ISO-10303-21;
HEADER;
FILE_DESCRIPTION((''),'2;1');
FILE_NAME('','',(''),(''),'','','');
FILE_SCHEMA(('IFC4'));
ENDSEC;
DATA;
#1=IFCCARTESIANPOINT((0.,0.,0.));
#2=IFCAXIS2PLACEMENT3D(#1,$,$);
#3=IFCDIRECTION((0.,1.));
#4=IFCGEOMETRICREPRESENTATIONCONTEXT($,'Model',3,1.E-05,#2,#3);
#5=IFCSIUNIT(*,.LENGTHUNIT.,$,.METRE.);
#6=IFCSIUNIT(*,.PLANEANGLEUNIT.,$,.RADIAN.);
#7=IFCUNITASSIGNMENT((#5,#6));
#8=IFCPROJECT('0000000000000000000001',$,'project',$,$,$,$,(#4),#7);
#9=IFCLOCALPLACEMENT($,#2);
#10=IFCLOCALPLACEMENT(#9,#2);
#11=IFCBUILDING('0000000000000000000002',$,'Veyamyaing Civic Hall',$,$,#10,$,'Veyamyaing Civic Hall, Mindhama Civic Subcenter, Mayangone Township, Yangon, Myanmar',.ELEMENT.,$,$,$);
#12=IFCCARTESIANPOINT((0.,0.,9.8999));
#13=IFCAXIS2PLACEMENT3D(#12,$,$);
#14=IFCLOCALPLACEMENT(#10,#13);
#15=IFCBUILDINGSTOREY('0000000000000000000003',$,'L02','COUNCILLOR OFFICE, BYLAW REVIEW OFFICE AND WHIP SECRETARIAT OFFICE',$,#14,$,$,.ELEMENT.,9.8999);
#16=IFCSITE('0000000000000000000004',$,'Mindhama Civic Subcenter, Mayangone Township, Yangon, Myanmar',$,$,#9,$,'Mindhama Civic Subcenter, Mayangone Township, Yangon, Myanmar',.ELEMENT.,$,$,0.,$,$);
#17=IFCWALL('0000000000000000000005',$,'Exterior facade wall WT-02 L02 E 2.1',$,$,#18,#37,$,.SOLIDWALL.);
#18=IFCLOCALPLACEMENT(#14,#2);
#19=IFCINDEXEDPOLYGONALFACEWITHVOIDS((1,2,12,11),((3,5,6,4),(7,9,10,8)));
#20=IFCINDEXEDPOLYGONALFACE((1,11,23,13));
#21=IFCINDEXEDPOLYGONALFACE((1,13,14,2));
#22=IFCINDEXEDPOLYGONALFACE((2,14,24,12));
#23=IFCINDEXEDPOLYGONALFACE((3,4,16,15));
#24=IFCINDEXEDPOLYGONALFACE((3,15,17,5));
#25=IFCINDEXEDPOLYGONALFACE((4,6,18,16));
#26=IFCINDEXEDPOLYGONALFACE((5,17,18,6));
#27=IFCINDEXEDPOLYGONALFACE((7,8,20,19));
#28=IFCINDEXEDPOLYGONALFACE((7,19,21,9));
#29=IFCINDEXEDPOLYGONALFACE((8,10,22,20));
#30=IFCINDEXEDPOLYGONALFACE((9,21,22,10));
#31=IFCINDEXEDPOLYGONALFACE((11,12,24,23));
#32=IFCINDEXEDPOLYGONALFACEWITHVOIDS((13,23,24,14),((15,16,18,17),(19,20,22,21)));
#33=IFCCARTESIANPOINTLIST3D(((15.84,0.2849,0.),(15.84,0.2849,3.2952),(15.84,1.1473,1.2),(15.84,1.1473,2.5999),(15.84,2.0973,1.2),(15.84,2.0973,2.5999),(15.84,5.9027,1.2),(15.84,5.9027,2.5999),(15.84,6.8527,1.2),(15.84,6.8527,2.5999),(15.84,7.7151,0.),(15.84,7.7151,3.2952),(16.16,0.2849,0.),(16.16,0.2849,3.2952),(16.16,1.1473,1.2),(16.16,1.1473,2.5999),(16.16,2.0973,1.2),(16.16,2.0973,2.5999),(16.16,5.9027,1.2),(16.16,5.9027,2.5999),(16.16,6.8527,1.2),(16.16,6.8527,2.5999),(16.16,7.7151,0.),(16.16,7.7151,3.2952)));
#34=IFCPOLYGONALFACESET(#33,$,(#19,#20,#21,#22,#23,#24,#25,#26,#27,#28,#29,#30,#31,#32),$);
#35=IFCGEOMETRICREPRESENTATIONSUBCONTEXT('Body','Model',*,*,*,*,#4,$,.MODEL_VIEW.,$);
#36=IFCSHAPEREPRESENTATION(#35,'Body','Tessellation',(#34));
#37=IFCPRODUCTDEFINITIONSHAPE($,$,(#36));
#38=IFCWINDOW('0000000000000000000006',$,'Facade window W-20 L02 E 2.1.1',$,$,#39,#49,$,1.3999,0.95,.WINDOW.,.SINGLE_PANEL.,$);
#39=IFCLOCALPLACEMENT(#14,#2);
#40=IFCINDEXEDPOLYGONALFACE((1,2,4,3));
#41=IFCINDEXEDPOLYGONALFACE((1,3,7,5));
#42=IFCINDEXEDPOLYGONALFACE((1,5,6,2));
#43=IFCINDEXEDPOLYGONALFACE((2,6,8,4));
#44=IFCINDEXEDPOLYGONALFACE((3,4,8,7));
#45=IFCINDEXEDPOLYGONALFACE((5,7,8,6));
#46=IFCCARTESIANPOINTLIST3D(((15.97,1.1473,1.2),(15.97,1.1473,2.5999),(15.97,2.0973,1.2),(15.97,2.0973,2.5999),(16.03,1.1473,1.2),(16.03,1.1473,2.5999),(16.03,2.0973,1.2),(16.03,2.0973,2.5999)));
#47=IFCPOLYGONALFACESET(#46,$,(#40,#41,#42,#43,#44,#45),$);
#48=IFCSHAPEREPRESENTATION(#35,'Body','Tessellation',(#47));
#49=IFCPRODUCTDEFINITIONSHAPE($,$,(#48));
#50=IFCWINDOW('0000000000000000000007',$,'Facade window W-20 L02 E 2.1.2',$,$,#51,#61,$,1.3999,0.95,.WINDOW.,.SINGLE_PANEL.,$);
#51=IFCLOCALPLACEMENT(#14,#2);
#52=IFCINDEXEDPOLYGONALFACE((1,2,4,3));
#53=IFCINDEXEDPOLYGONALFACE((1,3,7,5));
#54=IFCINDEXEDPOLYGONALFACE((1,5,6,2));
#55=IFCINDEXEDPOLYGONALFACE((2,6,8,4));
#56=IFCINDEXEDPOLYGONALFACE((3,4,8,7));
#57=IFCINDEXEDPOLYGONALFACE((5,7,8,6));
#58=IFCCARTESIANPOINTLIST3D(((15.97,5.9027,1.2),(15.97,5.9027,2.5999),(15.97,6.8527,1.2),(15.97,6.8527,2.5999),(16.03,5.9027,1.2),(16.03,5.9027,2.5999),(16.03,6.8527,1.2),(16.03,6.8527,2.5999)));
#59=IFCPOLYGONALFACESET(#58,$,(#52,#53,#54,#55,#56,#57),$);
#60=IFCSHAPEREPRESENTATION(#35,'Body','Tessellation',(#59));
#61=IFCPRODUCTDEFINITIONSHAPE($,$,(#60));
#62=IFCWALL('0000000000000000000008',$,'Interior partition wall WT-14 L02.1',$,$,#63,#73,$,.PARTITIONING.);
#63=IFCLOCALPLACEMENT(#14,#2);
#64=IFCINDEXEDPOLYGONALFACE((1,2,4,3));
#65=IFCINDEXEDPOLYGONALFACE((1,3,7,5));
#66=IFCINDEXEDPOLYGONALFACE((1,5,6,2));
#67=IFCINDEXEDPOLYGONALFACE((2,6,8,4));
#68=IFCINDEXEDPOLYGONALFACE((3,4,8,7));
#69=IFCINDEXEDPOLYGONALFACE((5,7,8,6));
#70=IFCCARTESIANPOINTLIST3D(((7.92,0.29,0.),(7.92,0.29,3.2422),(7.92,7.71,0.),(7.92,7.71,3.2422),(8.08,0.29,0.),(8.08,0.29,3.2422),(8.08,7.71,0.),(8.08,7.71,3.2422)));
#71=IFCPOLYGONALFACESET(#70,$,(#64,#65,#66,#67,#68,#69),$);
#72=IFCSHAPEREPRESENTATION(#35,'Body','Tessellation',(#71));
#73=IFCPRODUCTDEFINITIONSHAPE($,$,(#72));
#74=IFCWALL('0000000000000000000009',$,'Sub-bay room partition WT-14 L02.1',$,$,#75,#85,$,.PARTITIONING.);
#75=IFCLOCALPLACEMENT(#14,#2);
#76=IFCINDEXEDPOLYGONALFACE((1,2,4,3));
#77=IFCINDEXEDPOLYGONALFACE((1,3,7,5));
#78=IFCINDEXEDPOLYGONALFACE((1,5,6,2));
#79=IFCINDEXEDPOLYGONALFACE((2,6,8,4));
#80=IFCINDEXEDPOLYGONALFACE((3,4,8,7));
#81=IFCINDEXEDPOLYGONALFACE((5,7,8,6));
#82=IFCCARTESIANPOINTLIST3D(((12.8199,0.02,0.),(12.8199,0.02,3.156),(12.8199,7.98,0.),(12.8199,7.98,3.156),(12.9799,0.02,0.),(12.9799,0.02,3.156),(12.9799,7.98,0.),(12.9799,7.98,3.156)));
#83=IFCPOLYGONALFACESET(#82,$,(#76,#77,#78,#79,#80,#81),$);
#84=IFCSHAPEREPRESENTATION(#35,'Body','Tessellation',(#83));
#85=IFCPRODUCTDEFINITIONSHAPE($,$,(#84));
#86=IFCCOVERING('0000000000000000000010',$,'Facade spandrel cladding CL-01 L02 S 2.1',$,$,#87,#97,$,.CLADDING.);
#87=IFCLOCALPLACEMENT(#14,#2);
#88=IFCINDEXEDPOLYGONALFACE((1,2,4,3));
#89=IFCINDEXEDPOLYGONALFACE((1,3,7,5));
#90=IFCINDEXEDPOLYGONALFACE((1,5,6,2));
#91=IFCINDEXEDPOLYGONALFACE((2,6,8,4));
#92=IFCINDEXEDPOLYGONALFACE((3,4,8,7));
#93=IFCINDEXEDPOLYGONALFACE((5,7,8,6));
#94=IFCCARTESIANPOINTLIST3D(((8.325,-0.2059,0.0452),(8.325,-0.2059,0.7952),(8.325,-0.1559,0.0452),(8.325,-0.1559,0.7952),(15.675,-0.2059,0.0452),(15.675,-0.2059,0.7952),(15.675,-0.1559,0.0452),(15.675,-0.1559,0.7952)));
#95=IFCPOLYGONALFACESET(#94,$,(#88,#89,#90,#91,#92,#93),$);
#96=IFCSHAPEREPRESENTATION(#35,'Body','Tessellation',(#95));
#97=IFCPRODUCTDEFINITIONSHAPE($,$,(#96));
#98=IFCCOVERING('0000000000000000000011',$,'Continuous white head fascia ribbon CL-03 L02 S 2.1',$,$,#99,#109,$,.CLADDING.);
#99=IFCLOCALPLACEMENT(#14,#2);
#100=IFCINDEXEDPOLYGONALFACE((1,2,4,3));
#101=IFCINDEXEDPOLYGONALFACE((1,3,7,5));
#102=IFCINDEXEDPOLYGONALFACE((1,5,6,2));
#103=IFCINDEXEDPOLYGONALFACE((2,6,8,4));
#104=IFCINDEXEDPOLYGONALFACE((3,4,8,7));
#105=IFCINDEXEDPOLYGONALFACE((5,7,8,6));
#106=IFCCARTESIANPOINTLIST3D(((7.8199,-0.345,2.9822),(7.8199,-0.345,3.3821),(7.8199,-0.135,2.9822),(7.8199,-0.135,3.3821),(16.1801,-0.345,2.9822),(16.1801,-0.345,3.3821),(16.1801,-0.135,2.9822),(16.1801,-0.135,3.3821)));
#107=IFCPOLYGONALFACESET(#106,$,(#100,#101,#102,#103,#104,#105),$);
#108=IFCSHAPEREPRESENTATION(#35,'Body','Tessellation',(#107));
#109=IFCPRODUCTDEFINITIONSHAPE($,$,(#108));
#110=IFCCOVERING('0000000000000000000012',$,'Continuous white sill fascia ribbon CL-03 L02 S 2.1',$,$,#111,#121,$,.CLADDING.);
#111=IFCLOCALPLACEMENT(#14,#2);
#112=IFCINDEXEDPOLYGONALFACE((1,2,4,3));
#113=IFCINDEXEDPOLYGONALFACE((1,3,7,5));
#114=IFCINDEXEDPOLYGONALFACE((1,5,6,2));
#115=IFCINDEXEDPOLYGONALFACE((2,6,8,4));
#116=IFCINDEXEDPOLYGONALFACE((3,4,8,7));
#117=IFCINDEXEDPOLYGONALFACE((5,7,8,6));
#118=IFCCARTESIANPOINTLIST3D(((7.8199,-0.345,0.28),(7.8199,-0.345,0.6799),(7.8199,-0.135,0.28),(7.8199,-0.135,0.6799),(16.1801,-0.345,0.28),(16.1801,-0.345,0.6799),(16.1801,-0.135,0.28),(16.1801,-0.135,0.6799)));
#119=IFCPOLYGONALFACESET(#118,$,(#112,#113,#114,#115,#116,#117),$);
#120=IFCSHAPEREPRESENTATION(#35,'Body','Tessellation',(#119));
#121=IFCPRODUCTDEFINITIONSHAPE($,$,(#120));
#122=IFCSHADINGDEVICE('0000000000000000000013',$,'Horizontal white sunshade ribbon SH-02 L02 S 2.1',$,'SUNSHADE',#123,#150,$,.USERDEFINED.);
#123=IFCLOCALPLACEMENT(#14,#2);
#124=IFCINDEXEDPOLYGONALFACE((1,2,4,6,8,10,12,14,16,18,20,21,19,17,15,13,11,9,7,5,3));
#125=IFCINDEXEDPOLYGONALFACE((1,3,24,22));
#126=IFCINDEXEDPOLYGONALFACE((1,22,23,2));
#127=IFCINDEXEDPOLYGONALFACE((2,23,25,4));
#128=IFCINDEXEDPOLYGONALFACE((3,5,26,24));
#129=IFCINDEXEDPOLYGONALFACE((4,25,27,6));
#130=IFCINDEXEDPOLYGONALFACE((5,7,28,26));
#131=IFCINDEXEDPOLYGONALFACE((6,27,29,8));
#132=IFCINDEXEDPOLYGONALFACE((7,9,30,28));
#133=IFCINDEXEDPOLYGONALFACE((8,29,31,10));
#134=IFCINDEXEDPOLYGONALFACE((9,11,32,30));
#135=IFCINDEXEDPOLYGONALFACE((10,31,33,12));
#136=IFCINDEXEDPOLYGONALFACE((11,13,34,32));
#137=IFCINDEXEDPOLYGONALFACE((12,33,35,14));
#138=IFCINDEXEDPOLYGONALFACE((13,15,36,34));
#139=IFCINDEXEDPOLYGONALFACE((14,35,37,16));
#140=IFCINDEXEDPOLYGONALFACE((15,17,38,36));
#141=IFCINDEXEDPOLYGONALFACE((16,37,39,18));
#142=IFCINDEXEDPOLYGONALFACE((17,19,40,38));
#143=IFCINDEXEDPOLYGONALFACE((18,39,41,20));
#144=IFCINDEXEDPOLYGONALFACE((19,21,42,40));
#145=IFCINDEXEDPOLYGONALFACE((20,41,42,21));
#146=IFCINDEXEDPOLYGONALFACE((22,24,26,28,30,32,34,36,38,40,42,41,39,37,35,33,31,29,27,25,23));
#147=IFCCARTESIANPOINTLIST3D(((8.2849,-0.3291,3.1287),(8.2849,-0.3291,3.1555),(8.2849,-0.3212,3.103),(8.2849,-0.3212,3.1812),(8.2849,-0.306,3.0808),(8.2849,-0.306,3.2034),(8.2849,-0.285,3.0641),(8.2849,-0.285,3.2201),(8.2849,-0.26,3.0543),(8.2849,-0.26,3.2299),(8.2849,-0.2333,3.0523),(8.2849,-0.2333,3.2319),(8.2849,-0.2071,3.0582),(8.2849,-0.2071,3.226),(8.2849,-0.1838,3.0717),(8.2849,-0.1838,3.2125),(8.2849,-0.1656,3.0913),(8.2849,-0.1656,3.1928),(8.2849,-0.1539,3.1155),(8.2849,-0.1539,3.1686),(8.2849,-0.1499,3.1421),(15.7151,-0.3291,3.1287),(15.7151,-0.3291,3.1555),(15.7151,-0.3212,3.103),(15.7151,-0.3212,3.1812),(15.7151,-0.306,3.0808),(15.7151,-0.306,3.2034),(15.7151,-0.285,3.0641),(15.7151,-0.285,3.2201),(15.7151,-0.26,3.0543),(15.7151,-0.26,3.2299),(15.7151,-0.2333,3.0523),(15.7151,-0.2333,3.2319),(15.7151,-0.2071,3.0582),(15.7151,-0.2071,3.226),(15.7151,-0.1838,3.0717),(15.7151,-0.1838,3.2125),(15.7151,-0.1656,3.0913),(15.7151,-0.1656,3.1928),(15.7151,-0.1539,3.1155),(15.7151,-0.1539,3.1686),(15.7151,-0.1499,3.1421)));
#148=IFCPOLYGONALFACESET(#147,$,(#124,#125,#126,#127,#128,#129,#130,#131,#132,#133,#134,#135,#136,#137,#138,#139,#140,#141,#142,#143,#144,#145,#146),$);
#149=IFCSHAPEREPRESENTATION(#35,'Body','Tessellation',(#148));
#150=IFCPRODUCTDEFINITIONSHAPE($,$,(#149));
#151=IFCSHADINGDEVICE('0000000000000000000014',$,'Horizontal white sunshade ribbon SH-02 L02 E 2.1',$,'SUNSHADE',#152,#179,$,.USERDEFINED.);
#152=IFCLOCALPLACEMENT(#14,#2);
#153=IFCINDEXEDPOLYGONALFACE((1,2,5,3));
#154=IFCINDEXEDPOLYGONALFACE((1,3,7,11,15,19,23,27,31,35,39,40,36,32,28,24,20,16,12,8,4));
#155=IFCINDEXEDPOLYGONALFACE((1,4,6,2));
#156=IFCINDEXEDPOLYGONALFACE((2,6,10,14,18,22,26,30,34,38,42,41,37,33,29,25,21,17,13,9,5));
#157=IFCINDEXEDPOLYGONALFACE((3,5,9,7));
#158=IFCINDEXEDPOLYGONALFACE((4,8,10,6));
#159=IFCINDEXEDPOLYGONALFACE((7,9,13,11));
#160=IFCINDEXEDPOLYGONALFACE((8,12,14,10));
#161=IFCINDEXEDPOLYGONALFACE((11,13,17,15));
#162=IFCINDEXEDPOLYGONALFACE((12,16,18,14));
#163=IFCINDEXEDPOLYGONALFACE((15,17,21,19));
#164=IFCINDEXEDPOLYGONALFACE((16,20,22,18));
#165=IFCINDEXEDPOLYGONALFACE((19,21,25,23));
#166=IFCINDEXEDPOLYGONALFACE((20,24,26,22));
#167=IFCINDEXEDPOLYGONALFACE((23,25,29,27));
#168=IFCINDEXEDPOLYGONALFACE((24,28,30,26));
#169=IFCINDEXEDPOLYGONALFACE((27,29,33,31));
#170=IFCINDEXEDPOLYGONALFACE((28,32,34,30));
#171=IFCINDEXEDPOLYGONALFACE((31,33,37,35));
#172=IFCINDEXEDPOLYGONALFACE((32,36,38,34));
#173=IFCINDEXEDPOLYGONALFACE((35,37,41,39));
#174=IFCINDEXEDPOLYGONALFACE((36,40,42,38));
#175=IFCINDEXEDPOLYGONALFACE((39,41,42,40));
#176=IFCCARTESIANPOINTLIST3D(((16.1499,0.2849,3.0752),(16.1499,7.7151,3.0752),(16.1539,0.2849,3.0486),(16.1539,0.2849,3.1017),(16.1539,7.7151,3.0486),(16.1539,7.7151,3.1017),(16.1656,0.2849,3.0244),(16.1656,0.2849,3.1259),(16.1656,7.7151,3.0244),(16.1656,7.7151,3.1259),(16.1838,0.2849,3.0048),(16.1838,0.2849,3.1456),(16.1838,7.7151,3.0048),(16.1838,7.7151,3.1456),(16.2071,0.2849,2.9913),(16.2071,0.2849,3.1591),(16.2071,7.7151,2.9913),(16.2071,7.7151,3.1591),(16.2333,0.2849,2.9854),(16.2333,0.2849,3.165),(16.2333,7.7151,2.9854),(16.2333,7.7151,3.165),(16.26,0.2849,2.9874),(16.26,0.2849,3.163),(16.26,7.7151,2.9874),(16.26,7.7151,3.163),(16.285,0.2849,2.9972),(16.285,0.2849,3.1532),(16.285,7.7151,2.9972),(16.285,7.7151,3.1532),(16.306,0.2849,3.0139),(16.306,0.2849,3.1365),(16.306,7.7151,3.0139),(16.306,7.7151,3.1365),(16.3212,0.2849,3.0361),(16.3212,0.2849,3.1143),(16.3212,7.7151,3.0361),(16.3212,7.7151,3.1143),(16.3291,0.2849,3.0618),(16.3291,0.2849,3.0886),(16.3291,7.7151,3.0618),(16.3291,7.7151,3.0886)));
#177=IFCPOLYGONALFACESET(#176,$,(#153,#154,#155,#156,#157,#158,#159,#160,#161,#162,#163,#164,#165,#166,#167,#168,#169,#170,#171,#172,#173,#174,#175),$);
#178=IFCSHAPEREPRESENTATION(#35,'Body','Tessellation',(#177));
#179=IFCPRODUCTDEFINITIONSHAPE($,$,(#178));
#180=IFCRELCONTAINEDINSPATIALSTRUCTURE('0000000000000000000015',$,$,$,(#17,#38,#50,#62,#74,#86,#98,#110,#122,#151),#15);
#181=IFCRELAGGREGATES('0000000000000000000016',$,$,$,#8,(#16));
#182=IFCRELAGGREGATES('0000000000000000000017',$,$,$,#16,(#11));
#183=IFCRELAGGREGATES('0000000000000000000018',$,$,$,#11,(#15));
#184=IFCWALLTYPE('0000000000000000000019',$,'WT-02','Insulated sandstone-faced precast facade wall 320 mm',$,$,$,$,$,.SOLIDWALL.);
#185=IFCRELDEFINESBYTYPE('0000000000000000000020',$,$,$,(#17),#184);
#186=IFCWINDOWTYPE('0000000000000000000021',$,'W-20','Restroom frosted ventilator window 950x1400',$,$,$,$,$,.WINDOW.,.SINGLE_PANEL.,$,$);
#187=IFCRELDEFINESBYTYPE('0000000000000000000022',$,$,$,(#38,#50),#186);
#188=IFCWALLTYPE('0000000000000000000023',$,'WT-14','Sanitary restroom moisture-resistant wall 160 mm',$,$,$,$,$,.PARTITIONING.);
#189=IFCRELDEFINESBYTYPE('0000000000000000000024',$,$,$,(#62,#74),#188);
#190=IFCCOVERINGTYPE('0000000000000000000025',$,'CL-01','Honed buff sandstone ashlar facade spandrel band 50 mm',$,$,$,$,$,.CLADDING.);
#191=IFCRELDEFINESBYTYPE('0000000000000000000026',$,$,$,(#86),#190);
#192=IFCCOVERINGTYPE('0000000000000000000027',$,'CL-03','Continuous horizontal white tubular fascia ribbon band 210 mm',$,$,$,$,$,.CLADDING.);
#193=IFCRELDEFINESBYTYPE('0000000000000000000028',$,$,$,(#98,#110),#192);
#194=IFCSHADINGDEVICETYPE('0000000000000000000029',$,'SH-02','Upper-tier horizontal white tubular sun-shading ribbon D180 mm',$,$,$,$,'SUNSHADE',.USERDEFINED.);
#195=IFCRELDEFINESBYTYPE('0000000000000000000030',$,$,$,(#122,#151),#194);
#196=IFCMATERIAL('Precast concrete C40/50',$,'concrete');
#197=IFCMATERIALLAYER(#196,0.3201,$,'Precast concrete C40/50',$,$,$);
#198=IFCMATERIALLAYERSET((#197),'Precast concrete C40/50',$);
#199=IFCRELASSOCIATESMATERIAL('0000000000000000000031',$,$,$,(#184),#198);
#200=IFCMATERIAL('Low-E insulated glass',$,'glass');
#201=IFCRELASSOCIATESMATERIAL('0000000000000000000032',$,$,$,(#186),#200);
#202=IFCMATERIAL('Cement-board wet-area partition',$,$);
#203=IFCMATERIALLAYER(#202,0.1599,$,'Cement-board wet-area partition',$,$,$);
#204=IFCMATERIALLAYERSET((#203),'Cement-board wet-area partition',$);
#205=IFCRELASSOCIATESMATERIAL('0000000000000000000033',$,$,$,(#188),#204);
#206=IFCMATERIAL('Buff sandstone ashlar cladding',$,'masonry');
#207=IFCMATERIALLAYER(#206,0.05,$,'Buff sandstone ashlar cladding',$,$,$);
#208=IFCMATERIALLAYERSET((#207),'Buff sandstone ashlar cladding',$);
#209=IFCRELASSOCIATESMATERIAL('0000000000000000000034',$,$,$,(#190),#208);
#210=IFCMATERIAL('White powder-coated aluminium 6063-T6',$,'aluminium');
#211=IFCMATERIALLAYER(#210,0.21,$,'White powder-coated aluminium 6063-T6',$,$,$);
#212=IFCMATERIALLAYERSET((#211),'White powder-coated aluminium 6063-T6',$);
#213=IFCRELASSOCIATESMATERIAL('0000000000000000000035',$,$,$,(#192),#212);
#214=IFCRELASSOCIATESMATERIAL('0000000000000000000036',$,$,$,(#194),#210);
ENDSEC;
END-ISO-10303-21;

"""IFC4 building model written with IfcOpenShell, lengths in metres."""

from ifc_helpers import new_model, si_unit, direction, frame, frame_2d, origin, origin_2d, place, context, subcontext, project, spatial, rectangle, circle, extrude, material, layer, layer_set, material_profile, profile_set, type_object, element, fill, save


model = new_model("IFC4")

# Units and contexts
model_context = context("Model", 3, precision=1e-05, world=origin(), true_north=direction((0.0, 1.0)))
body_context = subcontext(model_context, "Body", "Model", "MODEL_VIEW")
ifc_project = project(units=[si_unit("LENGTHUNIT", "METRE"), si_unit("PLANEANGLEUNIT", "RADIAN")], contexts=[model_context])

# Site, building, storey
site_placement = place(None, origin())
site = spatial("IfcSite", under=ifc_project, at=site_placement, Name="Mindhama Civic Subcenter, Mayangone Township, Yangon, Myanmar", LongName="Mindhama Civic Subcenter, Mayangone Township, Yangon, Myanmar", CompositionType="ELEMENT", RefElevation=0.0)
building_placement = place(site_placement, origin())
building = spatial("IfcBuilding", under=site, at=building_placement, Name="Veyamyaing Civic Hall", LongName="Veyamyaing Civic Hall, Mindhama Civic Subcenter, Mayangone Township, Yangon, Myanmar", CompositionType="ELEMENT")
storey_placement = place(building_placement, frame((0.0, 0.0, 9.8999)))
storey = spatial("IfcBuildingStorey", under=building, at=storey_placement, Name="L02", Description="COUNCILLOR OFFICE, BYLAW REVIEW OFFICE AND WHIP SECRETARIAT OFFICE", CompositionType="ELEMENT", Elevation=9.8999)

# Wall, openings, windows
ifc_material_1 = material(Name="Precast concrete C40/50", Category="concrete")
ifc_layer_1 = layer(ifc_material_1, 0.3201, Name="Precast concrete C40/50")
ifc_layer_set_1 = layer_set([ifc_layer_1], Name="Precast concrete C40/50")
wall_type_1 = type_object("IfcWallType", Name="WT-02", Description="Insulated sandstone-faced precast facade wall 320 mm", PredefinedType="SOLIDWALL", material=ifc_layer_set_1)
ifc_material_2 = material(Name="Low-E insulated glass", Category="glass")
window_type = type_object("IfcWindowType", Name="W-20", Description="Restroom frosted ventilator window 950x1400", PartitioningType="SINGLE_PANEL", PredefinedType="WINDOW", material=ifc_material_2)
wall_1_placement = place(storey_placement, frame((16.0, 0.2849, 0.0), z_axis=(0.0, 0.0, 1.0), x_axis=(0.0, 1.0, 0.0)))
wall_1 = element("IfcWall", 1, at=wall_1_placement, inside=storey, type_object=wall_type_1, Name="Exterior facade wall WT-02 L02 E 2.1", PredefinedType="SOLIDWALL", context=body_context, shape_type="SweptSolid", body=[
    extrude(rectangle(XDim=7.4302, YDim=0.3201, at=frame_2d((3.7151, 0.0))), origin(), (0.0, 0.0, 1.0), 3.2952),
])
opening_1_placement = place(wall_1_placement, frame((0.8623, 0.0, 1.2)))
opening_1 = element("IfcOpeningElement", 2, at=opening_1_placement, cuts=wall_1, PredefinedType="OPENING", context=body_context, shape_type="SweptSolid", body=[
    extrude(rectangle(XDim=0.95, YDim=1.3999, at=frame_2d((0.4751, 0.7))), frame((0.0, 0.1699, 0.0), z_axis=(0.0, -1.0, 0.0), x_axis=(1.0, 0.0, 0.0)), (0.0, 0.0, 1.0), 0.3401),
])
opening_2_placement = place(wall_1_placement, frame((5.6177, 0.0, 1.2)))
opening_2 = element("IfcOpeningElement", 3, at=opening_2_placement, cuts=wall_1, PredefinedType="OPENING", context=body_context, shape_type="SweptSolid", body=[
    extrude(rectangle(XDim=0.95, YDim=1.3999, at=frame_2d((0.4751, 0.7))), frame((0.0, 0.1699, 0.0), z_axis=(0.0, -1.0, 0.0), x_axis=(1.0, 0.0, 0.0)), (0.0, 0.0, 1.0), 0.3401),
])
window_1_placement = place(opening_1_placement, origin())
window_1 = element("IfcWindow", 4, at=window_1_placement, inside=storey, type_object=window_type, Name="Facade window W-20 L02 E 2.1.1", OverallHeight=1.3999, OverallWidth=0.95, PartitioningType="SINGLE_PANEL", PredefinedType="WINDOW", context=body_context, shape_type="SweptSolid", body=[
    extrude(rectangle(XDim=0.95, YDim=1.3999, at=frame_2d((0.4751, 0.7))), frame((0.0, 0.03, 0.0), z_axis=(0.0, -1.0, 0.0), x_axis=(1.0, 0.0, 0.0)), (0.0, 0.0, 1.0), 0.0601),
])
fill(opening_1, window_1)
window_2_placement = place(opening_2_placement, origin())
window_2 = element("IfcWindow", 5, at=window_2_placement, inside=storey, type_object=window_type, Name="Facade window W-20 L02 E 2.1.2", OverallHeight=1.3999, OverallWidth=0.95, PartitioningType="SINGLE_PANEL", PredefinedType="WINDOW", context=body_context, shape_type="SweptSolid", body=[
    extrude(rectangle(XDim=0.95, YDim=1.3999, at=frame_2d((0.4751, 0.7))), frame((0.0, 0.03, 0.0), z_axis=(0.0, -1.0, 0.0), x_axis=(1.0, 0.0, 0.0)), (0.0, 0.0, 1.0), 0.0601),
])
fill(opening_2, window_2)

# Walls
ifc_material_3 = material(Name="Cement-board wet-area partition")
ifc_layer_2 = layer(ifc_material_3, 0.1599, Name="Cement-board wet-area partition")
ifc_layer_set_2 = layer_set([ifc_layer_2], Name="Cement-board wet-area partition")
wall_type_2 = type_object("IfcWallType", Name="WT-14", Description="Sanitary restroom moisture-resistant wall 160 mm", PredefinedType="PARTITIONING", material=ifc_layer_set_2)
wall_2_placement = place(storey_placement, frame((8.0, 0.29, 0.0), z_axis=(0.0, 0.0, 1.0), x_axis=(0.0, 1.0, 0.0)))
element("IfcWall", 6, at=wall_2_placement, inside=storey, type_object=wall_type_2, Name="Interior partition wall WT-14 L02.1", PredefinedType="PARTITIONING", context=body_context, shape_type="SweptSolid", body=[
    extrude(rectangle(XDim=7.4199, YDim=0.1599, at=frame_2d((3.71, 0.0))), origin(), (0.0, 0.0, 1.0), 3.2422),
])
wall_3_placement = place(storey_placement, frame((12.8999, 0.02, 0.0), z_axis=(0.0, 0.0, 1.0), x_axis=(0.0, 1.0, 0.0)))
element("IfcWall", 7, at=wall_3_placement, inside=storey, type_object=wall_type_2, Name="Sub-bay room partition WT-14 L02.1", PredefinedType="PARTITIONING", context=body_context, shape_type="SweptSolid", body=[
    extrude(rectangle(XDim=7.96, YDim=0.1599, at=frame_2d((3.98, 0.0))), origin(), (0.0, 0.0, 1.0), 3.156),
])

# Coverings
ifc_material_4 = material(Name="Buff sandstone ashlar cladding", Category="masonry")
ifc_layer_3 = layer(ifc_material_4, 0.05, Name="Buff sandstone ashlar cladding")
ifc_layer_set_3 = layer_set([ifc_layer_3], Name="Buff sandstone ashlar cladding")
covering_type_1 = type_object("IfcCoveringType", Name="CL-01", Description="Honed buff sandstone ashlar facade spandrel band 50 mm", PredefinedType="CLADDING", material=ifc_layer_set_3)
covering_placement = place(storey_placement, frame((12.0, -0.1809, 0.0452), z_axis=(0.0, 0.0, 1.0), x_axis=(1.0, 0.0, 0.0)))
element("IfcCovering", 8, at=covering_placement, inside=storey, type_object=covering_type_1, Name="Facade spandrel cladding CL-01 L02 S 2.1", PredefinedType="CLADDING", context=body_context, shape_type="SweptSolid", body=[
    extrude(rectangle(XDim=7.3501, YDim=0.05, at=origin_2d()), origin(), (0.0, 0.0, 1.0), 0.75),
])
ifc_material_5 = material(Name="White powder-coated aluminium 6063-T6", Category="aluminium")
ifc_layer_4 = layer(ifc_material_5, 0.21, Name="White powder-coated aluminium 6063-T6")
ifc_layer_set_4 = layer_set([ifc_layer_4], Name="White powder-coated aluminium 6063-T6")
covering_type_2 = type_object("IfcCoveringType", Name="CL-03", Description="Continuous horizontal white tubular fascia ribbon band 210 mm", PredefinedType="CLADDING", material=ifc_layer_set_4)
for number, where, z_axis, x_axis, name in (
    (9, (12.0, -0.24, 2.9822), (0.0, 0.0, 1.0), (1.0, 0.0, 0.0), "Continuous white head fascia ribbon CL-03 L02 S 2.1"),
    (10, (12.0, -0.24, 0.28), (0.0, 0.0, 1.0), (1.0, 0.0, 0.0), "Continuous white sill fascia ribbon CL-03 L02 S 2.1"),
):
    element("IfcCovering", number, at=place(storey_placement, frame(where, z_axis=z_axis, x_axis=x_axis)), inside=storey, type_object=covering_type_2, Name=name, PredefinedType="CLADDING", context=body_context, shape_type="SweptSolid", body=[
        extrude(rectangle(XDim=8.3601, YDim=0.21, at=origin_2d()), origin(), (0.0, 0.0, 1.0), 0.3999),
    ])

# Shading devices
ifc_material_profile_1 = material_profile(ifc_material_5, circle(Radius=0.0901, at=origin_2d()), Name="SHADE-TUBE-180")
ifc_profile_set_1 = profile_set([ifc_material_profile_1], Name="White powder-coated aluminium 6063-T6")
shading_device_type = type_object("IfcShadingDeviceType", Name="SH-02", Description="Upper-tier horizontal white tubular sun-shading ribbon D180 mm", ElementType="SUNSHADE", PredefinedType="USERDEFINED", material=ifc_profile_set_1)
for number, where, z_axis, x_axis, name in (
    (11, (8.2849, -0.24, 3.1421), (1.0, 0.0, 0.0), (0.0, 1.0, 0.0), "Horizontal white sunshade ribbon SH-02 L02 S 2.1"),
    (12, (16.24, 0.2849, 3.0752), (0.0, 1.0, 0.0), (-1.0, 0.0, 0.0), "Horizontal white sunshade ribbon SH-02 L02 E 2.1"),
):
    element("IfcShadingDevice", number, at=place(storey_placement, frame(where, z_axis=z_axis, x_axis=x_axis)), inside=storey, type_object=shading_device_type, Name=name, ObjectType="SUNSHADE", PredefinedType="USERDEFINED", context=body_context, shape_type="SweptSolid", body=[
        extrude(circle(Radius=0.0901, at=origin_2d()), origin(), (0.0, 0.0, 1.0), 7.4302),
    ])

save(model, "model.ifc")
